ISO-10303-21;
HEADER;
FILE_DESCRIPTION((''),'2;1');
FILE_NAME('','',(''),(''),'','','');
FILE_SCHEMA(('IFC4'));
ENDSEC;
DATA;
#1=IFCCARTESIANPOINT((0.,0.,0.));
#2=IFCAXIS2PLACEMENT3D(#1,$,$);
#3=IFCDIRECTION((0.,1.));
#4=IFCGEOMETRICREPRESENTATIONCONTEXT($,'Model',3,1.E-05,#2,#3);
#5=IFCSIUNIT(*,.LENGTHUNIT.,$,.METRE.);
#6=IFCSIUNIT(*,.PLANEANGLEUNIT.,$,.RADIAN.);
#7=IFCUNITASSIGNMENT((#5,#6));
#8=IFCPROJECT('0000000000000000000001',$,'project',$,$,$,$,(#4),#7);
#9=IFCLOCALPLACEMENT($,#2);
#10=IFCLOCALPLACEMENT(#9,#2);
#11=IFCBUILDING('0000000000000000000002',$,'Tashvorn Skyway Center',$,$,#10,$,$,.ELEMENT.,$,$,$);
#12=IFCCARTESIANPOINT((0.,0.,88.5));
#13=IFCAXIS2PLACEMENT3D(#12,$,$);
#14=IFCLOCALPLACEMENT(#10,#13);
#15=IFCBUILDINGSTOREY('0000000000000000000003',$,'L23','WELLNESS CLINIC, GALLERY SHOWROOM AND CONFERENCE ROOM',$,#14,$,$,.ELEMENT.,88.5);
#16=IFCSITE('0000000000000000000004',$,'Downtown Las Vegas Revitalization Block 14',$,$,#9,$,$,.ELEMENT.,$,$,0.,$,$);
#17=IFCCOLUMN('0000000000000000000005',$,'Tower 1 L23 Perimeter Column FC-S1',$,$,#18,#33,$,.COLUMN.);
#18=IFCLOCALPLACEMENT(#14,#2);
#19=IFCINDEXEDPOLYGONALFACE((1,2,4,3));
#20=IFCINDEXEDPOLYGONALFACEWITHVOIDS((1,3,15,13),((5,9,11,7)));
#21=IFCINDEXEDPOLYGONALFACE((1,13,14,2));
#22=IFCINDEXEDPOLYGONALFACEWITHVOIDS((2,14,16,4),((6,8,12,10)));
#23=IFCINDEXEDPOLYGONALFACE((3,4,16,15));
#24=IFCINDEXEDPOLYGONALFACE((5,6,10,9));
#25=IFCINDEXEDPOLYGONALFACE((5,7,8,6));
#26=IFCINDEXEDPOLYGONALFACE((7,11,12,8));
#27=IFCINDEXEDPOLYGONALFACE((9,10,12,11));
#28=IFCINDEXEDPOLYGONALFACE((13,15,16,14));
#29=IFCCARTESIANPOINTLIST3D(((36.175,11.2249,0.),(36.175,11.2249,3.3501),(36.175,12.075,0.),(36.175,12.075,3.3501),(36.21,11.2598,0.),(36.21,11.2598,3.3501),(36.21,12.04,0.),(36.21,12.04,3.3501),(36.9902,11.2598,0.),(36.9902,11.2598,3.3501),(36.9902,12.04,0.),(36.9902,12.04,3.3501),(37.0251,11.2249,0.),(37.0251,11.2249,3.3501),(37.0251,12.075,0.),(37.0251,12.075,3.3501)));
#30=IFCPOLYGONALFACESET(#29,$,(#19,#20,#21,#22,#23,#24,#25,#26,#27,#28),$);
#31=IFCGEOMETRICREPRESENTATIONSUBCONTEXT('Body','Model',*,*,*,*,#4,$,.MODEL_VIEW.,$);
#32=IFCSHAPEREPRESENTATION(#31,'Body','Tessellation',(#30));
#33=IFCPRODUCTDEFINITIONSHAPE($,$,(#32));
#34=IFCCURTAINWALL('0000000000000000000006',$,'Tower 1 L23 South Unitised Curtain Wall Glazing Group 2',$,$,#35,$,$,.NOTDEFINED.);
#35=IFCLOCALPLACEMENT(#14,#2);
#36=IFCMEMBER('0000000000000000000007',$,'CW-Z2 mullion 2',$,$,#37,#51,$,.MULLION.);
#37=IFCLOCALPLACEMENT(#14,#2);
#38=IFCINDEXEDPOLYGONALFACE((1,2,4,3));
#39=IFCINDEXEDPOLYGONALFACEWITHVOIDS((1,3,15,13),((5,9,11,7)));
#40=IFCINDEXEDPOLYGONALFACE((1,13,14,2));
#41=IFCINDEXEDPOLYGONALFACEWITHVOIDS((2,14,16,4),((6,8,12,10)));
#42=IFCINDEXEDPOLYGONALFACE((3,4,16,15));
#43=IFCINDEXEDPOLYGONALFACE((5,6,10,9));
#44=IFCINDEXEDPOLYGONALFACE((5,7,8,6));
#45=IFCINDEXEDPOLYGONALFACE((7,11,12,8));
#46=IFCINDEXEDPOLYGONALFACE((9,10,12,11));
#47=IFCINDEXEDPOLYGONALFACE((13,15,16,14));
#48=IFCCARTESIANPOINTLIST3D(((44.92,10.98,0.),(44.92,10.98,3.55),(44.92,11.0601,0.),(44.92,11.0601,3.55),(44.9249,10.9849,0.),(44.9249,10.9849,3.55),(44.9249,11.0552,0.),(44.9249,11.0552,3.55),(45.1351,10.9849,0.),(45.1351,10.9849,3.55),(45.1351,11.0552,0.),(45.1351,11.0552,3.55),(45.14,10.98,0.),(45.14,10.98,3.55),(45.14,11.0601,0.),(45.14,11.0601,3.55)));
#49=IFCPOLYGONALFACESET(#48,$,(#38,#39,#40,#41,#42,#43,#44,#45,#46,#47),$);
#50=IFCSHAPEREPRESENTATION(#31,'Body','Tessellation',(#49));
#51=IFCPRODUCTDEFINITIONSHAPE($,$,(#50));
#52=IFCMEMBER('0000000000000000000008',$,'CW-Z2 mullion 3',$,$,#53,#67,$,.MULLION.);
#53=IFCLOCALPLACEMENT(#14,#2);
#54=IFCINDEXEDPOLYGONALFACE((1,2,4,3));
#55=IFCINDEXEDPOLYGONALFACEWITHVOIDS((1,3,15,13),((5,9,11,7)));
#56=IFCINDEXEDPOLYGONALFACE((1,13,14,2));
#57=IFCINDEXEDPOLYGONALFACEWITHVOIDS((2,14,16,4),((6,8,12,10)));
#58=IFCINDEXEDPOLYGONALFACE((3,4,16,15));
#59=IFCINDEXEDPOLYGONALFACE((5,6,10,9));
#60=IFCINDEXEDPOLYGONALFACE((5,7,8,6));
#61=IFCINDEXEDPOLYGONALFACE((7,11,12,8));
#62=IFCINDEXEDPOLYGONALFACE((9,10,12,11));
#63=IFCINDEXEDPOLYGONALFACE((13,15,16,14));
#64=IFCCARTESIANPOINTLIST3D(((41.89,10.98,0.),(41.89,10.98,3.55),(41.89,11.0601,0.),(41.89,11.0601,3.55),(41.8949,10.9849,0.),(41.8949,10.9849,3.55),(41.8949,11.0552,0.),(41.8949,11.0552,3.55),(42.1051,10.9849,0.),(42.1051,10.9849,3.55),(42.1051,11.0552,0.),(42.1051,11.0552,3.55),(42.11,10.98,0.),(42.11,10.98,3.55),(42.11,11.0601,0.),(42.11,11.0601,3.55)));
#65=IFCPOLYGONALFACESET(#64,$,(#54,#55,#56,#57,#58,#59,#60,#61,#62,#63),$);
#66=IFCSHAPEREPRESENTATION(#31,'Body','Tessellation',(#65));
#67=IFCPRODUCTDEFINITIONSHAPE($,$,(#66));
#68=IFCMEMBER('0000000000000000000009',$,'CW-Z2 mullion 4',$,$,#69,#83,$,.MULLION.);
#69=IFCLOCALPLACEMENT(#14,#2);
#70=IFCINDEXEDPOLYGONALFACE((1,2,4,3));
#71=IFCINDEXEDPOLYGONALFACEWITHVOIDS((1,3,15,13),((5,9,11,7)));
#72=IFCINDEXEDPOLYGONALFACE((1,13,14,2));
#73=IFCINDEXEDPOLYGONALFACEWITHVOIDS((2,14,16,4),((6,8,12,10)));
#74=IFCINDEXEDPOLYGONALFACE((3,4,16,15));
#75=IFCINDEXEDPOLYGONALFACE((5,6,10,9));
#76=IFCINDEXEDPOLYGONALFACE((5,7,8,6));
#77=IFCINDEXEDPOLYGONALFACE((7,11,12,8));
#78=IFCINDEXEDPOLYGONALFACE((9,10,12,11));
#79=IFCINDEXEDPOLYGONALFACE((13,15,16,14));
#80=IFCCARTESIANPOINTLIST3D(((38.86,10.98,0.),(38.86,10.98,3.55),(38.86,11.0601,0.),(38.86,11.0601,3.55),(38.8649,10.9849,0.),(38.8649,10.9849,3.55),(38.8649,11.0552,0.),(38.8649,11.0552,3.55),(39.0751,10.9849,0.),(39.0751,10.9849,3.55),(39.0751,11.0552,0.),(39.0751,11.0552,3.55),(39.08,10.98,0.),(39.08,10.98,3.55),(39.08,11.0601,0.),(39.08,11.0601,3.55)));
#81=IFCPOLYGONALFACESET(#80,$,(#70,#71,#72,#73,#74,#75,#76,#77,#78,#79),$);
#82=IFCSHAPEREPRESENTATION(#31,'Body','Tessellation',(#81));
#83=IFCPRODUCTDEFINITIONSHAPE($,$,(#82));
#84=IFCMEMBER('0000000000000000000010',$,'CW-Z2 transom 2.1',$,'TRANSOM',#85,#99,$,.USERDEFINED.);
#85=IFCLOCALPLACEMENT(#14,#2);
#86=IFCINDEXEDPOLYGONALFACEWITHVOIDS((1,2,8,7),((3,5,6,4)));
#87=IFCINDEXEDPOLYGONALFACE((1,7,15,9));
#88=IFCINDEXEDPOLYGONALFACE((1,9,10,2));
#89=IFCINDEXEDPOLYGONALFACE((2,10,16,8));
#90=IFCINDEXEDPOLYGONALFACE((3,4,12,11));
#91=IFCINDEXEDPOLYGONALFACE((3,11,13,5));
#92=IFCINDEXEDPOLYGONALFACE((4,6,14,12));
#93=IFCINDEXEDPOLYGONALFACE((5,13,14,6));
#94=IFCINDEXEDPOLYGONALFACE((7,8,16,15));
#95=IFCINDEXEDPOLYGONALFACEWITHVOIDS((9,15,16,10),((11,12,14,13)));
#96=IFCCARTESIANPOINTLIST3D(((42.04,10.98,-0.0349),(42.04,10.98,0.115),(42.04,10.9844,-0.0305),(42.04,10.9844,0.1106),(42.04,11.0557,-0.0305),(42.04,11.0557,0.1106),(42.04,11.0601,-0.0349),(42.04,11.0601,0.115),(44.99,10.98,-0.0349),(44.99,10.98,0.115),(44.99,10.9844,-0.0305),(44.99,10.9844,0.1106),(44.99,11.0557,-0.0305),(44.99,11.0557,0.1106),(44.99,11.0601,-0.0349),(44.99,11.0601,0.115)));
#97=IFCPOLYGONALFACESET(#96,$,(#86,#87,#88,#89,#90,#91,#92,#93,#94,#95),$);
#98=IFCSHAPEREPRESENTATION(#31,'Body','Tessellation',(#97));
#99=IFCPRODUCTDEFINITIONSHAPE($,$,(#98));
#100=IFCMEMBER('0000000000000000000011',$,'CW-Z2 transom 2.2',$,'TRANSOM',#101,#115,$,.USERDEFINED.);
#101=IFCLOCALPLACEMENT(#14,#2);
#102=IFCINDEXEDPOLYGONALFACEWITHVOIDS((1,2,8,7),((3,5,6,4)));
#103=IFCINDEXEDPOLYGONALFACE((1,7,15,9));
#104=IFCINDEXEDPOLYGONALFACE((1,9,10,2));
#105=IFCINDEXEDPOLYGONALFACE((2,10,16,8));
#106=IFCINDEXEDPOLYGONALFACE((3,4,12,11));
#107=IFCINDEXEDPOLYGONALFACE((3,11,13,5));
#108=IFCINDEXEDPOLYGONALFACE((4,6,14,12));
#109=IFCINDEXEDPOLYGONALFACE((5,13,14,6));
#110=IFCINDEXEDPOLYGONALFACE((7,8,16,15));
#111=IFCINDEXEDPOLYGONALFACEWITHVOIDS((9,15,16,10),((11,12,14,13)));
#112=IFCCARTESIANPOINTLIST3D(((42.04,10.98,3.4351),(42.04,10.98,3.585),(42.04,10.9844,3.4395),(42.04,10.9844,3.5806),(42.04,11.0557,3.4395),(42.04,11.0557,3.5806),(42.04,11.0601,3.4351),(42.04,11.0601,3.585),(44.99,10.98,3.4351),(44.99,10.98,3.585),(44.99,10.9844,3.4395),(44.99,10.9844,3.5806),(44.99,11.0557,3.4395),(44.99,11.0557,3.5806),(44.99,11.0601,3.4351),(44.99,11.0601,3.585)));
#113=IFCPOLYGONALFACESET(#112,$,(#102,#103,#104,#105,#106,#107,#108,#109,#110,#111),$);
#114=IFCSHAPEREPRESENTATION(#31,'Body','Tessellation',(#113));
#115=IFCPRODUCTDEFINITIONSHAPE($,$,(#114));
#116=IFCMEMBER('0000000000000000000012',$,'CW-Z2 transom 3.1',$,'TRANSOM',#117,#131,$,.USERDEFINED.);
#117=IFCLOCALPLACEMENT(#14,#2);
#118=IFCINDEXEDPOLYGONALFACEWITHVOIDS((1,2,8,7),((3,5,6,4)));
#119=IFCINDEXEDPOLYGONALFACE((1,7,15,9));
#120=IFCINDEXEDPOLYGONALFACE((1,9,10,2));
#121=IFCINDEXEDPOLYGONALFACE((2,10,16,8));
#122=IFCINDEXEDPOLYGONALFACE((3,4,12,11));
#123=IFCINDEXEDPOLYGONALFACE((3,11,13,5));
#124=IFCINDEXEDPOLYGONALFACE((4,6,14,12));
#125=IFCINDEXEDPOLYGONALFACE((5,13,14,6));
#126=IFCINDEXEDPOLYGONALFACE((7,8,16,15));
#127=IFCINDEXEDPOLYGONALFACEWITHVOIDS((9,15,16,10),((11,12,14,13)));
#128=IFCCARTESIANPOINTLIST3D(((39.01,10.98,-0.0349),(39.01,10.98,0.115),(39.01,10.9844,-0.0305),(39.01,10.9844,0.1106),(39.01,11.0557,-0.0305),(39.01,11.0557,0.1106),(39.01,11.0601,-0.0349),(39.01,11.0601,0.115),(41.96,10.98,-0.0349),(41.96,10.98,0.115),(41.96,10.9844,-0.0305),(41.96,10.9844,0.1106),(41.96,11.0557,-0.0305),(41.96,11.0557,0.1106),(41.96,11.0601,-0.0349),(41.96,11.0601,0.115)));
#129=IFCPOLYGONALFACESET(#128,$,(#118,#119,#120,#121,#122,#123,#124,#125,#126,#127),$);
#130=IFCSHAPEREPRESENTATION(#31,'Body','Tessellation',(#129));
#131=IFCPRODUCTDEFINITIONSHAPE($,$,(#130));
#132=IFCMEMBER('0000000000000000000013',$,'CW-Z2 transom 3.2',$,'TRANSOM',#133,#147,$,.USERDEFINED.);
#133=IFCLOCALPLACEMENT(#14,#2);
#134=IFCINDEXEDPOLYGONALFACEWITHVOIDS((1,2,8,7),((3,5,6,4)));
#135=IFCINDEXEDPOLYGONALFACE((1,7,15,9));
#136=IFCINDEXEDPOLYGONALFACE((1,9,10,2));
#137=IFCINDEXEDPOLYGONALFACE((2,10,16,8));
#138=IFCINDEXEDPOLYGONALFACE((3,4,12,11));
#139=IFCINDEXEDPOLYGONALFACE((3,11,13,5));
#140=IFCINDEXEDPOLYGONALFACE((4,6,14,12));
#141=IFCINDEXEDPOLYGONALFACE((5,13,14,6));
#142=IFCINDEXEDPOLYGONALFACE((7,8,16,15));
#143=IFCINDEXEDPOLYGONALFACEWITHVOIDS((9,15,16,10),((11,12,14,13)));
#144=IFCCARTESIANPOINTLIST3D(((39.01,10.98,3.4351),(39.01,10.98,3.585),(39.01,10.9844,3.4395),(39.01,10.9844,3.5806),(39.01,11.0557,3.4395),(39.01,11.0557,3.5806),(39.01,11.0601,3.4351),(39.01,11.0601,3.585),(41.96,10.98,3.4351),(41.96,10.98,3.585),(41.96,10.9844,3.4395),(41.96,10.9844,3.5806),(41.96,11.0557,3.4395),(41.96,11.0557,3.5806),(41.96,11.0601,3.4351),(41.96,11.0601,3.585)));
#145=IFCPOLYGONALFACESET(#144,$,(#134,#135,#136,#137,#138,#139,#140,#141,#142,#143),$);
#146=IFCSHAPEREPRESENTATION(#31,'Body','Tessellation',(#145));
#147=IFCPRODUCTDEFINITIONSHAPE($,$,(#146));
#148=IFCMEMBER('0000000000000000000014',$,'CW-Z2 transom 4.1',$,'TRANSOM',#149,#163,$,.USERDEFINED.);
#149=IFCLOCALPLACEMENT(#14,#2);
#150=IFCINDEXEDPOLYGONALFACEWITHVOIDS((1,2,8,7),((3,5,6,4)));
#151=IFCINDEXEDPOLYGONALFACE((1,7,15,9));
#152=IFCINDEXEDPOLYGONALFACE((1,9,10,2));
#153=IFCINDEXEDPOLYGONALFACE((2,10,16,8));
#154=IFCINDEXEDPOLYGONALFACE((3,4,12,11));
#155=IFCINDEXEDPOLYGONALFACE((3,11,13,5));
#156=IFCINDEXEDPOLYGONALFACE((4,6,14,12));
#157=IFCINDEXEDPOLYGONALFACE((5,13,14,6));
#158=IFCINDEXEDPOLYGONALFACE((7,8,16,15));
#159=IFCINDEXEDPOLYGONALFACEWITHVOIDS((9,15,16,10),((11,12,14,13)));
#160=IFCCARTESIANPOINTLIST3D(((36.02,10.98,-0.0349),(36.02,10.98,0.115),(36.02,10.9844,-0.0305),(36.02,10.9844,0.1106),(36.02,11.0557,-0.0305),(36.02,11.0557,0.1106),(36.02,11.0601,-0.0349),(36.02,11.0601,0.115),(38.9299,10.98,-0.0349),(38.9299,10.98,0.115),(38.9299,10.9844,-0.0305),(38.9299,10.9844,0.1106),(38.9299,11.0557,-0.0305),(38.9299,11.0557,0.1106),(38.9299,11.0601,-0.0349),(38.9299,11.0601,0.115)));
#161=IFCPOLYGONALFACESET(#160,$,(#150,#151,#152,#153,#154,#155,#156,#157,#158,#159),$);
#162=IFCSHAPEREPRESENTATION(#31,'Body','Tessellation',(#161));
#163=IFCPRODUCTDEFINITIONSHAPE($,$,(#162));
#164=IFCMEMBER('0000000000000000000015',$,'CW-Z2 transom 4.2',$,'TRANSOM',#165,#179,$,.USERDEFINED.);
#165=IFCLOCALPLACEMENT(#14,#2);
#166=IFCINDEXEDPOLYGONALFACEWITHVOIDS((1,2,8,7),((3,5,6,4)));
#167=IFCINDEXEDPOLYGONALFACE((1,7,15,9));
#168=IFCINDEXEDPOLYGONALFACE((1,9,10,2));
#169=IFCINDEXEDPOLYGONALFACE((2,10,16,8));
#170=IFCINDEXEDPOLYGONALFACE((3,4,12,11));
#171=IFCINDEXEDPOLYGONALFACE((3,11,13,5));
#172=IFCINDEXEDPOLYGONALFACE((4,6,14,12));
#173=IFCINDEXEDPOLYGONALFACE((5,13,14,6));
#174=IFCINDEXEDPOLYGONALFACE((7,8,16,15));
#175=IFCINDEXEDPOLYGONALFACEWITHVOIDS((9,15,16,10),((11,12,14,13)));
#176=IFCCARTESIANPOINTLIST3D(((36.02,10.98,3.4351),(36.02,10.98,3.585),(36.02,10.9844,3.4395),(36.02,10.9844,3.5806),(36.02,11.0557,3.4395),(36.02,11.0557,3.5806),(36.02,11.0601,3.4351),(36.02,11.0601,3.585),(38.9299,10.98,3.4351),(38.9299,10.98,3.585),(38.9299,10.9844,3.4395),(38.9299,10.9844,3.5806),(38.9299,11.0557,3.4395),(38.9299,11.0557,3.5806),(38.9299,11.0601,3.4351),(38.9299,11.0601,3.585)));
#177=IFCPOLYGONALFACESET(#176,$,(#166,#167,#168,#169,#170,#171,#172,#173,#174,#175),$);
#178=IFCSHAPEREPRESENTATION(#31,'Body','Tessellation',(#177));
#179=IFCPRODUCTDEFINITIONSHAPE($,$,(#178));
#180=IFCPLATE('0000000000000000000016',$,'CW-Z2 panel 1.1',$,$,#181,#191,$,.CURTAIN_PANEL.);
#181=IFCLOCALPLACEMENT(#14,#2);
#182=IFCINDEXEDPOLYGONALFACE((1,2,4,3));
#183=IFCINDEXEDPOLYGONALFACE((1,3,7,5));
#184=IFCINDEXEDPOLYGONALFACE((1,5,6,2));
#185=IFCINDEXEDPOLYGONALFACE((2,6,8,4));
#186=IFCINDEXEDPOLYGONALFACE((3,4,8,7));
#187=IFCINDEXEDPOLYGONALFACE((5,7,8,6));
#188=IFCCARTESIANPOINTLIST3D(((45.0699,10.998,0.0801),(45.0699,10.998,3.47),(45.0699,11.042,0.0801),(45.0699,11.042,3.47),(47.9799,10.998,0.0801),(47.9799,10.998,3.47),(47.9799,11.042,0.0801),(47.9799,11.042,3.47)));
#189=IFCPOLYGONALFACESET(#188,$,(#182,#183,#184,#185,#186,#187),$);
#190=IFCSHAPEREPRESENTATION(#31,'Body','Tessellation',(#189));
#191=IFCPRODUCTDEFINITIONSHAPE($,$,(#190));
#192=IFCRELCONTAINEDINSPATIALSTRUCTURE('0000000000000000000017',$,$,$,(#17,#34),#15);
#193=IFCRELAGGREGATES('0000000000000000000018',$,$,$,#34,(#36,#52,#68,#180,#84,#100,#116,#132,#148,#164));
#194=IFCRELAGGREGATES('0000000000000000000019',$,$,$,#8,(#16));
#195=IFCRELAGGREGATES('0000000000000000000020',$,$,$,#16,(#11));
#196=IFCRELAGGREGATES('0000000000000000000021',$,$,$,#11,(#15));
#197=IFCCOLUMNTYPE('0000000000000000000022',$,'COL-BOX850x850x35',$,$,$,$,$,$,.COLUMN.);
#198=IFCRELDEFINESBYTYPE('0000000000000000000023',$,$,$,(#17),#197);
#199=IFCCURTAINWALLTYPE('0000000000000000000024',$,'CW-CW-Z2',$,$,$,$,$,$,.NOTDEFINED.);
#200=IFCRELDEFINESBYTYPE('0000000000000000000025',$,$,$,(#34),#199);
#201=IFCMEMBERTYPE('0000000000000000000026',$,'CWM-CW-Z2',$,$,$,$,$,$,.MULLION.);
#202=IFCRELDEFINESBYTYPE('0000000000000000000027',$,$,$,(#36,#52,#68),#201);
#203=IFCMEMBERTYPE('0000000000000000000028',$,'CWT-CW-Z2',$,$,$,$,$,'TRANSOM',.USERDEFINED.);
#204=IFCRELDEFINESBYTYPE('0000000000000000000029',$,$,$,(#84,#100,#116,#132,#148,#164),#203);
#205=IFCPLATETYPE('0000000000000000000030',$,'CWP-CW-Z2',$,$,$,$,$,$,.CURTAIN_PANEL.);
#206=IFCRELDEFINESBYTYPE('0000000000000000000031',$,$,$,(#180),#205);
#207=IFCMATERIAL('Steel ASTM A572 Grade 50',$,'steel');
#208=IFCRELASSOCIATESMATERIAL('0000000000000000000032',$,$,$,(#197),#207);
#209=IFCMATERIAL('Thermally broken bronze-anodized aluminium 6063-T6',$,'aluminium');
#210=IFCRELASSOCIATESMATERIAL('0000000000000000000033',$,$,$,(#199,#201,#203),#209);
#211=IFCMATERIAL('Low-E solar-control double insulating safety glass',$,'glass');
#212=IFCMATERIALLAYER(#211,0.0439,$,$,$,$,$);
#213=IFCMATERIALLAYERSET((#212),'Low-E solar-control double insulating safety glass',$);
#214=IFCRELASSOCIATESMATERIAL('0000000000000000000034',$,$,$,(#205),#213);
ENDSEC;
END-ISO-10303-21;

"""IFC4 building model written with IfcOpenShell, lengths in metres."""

from ifc_helpers import new_model, si_unit, direction, frame, origin, origin_2d, place, context, subcontext, project, spatial, rectangle, hollow_rectangle, extrude, material, layer, layer_set, material_profile, profile_set, type_object, element, aggregate, save


model = new_model("IFC4")

# Units and contexts
model_context = context("Model", 3, precision=1e-05, world=origin(), true_north=direction((0.0, 1.0)))
body_context = subcontext(model_context, "Body", "Model", "MODEL_VIEW")
ifc_project = project(units=[si_unit("LENGTHUNIT", "METRE"), si_unit("PLANEANGLEUNIT", "RADIAN")], contexts=[model_context])

# Site, building, storey
site_placement = place(None, origin())
site = spatial("IfcSite", under=ifc_project, at=site_placement, Name="Downtown Las Vegas Revitalization Block 14", CompositionType="ELEMENT", RefElevation=0.0)
building_placement = place(site_placement, origin())
building = spatial("IfcBuilding", under=site, at=building_placement, Name="Tashvorn Skyway Center", CompositionType="ELEMENT")
storey_placement = place(building_placement, frame((0.0, 0.0, 88.5)))
storey = spatial("IfcBuildingStorey", under=building, at=storey_placement, Name="L23", Description="WELLNESS CLINIC, GALLERY SHOWROOM AND CONFERENCE ROOM", CompositionType="ELEMENT", Elevation=88.5)

# Column
ifc_material_1 = material(Name="Steel ASTM A572 Grade 50", Category="steel")
ifc_material_profile_1 = material_profile(ifc_material_1, hollow_rectangle(XDim=0.8501, YDim=0.8501, WallThickness=0.0349, at=origin_2d()), Name="BOX850x850x35")
ifc_profile_set_1 = profile_set([ifc_material_profile_1], Name="Steel ASTM A572 Grade 50")
column_type = type_object("IfcColumnType", Name="COL-BOX850x850x35", PredefinedType="COLUMN", material=ifc_profile_set_1)
column_placement = place(storey_placement, frame((36.6001, 11.6499, 0.0), z_axis=(0.0, 0.0, 1.0), x_axis=(1.0, 0.0, 0.0)))
element("IfcColumn", 1, at=column_placement, inside=storey, type_object=column_type, Name="Tower 1 L23 Perimeter Column FC-S1", PredefinedType="COLUMN", context=body_context, shape_type="SweptSolid", body=[
    extrude(hollow_rectangle(XDim=0.8501, YDim=0.8501, WallThickness=0.0349, at=origin_2d()), origin(), (0.0, 0.0, 1.0), 3.3501),
])

# Curtain wall, members, plate
ifc_material_2 = material(Name="Thermally broken bronze-anodized aluminium 6063-T6", Category="aluminium")
curtain_wall_type = type_object("IfcCurtainWallType", Name="CW-CW-Z2", PredefinedType="NOTDEFINED", material=ifc_material_2)
curtain_wall_placement = place(storey_placement, origin())
curtain_wall = element("IfcCurtainWall", 2, at=curtain_wall_placement, inside=storey, type_object=curtain_wall_type, Name="Tower 1 L23 South Unitised Curtain Wall Glazing Group 2", PredefinedType="NOTDEFINED")
ifc_material_profile_2 = material_profile(ifc_material_2, hollow_rectangle(XDim=0.0801, YDim=0.22, WallThickness=0.0049, at=origin_2d()), Name="ALU-MULL-80x220")
ifc_profile_set_2 = profile_set([ifc_material_profile_2], Name="Thermally broken bronze-anodized aluminium 6063-T6")
member_type_1 = type_object("IfcMemberType", Name="CWM-CW-Z2", PredefinedType="MULLION", material=ifc_profile_set_2)
member_1_placement = place(storey_placement, frame((45.03, 11.02, 0.0), z_axis=(0.0, 0.0, 1.0), x_axis=(0.0, -1.0, 0.0)))
member_1 = element("IfcMember", 3, at=member_1_placement, type_object=member_type_1, Name="CW-Z2 mullion 2", PredefinedType="MULLION", context=body_context, shape_type="SweptSolid", body=[
    extrude(hollow_rectangle(XDim=0.0801, YDim=0.22, WallThickness=0.0049, at=origin_2d()), origin(), (0.0, 0.0, 1.0), 3.55),
])
member_2_placement = place(storey_placement, frame((42.0, 11.02, 0.0), z_axis=(0.0, 0.0, 1.0), x_axis=(0.0, -1.0, 0.0)))
member_2 = element("IfcMember", 4, at=member_2_placement, type_object=member_type_1, Name="CW-Z2 mullion 3", PredefinedType="MULLION", context=body_context, shape_type="SweptSolid", body=[
    extrude(hollow_rectangle(XDim=0.0801, YDim=0.22, WallThickness=0.0049, at=origin_2d()), origin(), (0.0, 0.0, 1.0), 3.55),
])
member_3_placement = place(storey_placement, frame((38.97, 11.02, 0.0), z_axis=(0.0, 0.0, 1.0), x_axis=(0.0, -1.0, 0.0)))
member_3 = element("IfcMember", 5, at=member_3_placement, type_object=member_type_1, Name="CW-Z2 mullion 4", PredefinedType="MULLION", context=body_context, shape_type="SweptSolid", body=[
    extrude(hollow_rectangle(XDim=0.0801, YDim=0.22, WallThickness=0.0049, at=origin_2d()), origin(), (0.0, 0.0, 1.0), 3.55),
])
ifc_material_profile_3 = material_profile(ifc_material_2, hollow_rectangle(XDim=0.0801, YDim=0.1499, WallThickness=0.0044, at=origin_2d()), Name="ALU-TRAN-80x150")
ifc_profile_set_3 = profile_set([ifc_material_profile_3], Name="Thermally broken bronze-anodized aluminium 6063-T6")
member_type_2 = type_object("IfcMemberType", Name="CWT-CW-Z2", ElementType="TRANSOM", PredefinedType="USERDEFINED", material=ifc_profile_set_3)
member_4_placement = place(storey_placement, frame((44.99, 11.02, 0.04), z_axis=(-1.0, 0.0, 0.0), x_axis=(0.0, -1.0, 0.0)))
member_4 = element("IfcMember", 6, at=member_4_placement, type_object=member_type_2, Name="CW-Z2 transom 2.1", ObjectType="TRANSOM", PredefinedType="USERDEFINED", context=body_context, shape_type="SweptSolid", body=[
    extrude(hollow_rectangle(XDim=0.0801, YDim=0.1499, WallThickness=0.0044, at=origin_2d()), origin(), (0.0, 0.0, 1.0), 2.95),
])
member_5_placement = place(storey_placement, frame((44.99, 11.02, 3.51), z_axis=(-1.0, 0.0, 0.0), x_axis=(0.0, -1.0, 0.0)))
member_5 = element("IfcMember", 7, at=member_5_placement, type_object=member_type_2, Name="CW-Z2 transom 2.2", ObjectType="TRANSOM", PredefinedType="USERDEFINED", context=body_context, shape_type="SweptSolid", body=[
    extrude(hollow_rectangle(XDim=0.0801, YDim=0.1499, WallThickness=0.0044, at=origin_2d()), origin(), (0.0, 0.0, 1.0), 2.95),
])
member_6_placement = place(storey_placement, frame((41.96, 11.02, 0.04), z_axis=(-1.0, 0.0, 0.0), x_axis=(0.0, -1.0, 0.0)))
member_6 = element("IfcMember", 8, at=member_6_placement, type_object=member_type_2, Name="CW-Z2 transom 3.1", ObjectType="TRANSOM", PredefinedType="USERDEFINED", context=body_context, shape_type="SweptSolid", body=[
    extrude(hollow_rectangle(XDim=0.0801, YDim=0.1499, WallThickness=0.0044, at=origin_2d()), origin(), (0.0, 0.0, 1.0), 2.95),
])
member_7_placement = place(storey_placement, frame((41.96, 11.02, 3.51), z_axis=(-1.0, 0.0, 0.0), x_axis=(0.0, -1.0, 0.0)))
member_7 = element("IfcMember", 9, at=member_7_placement, type_object=member_type_2, Name="CW-Z2 transom 3.2", ObjectType="TRANSOM", PredefinedType="USERDEFINED", context=body_context, shape_type="SweptSolid", body=[
    extrude(hollow_rectangle(XDim=0.0801, YDim=0.1499, WallThickness=0.0044, at=origin_2d()), origin(), (0.0, 0.0, 1.0), 2.95),
])
member_8_placement = place(storey_placement, frame((38.9299, 11.02, 0.04), z_axis=(-1.0, 0.0, 0.0), x_axis=(0.0, -1.0, 0.0)))
member_8 = element("IfcMember", 10, at=member_8_placement, type_object=member_type_2, Name="CW-Z2 transom 4.1", ObjectType="TRANSOM", PredefinedType="USERDEFINED", context=body_context, shape_type="SweptSolid", body=[
    extrude(hollow_rectangle(XDim=0.0801, YDim=0.1499, WallThickness=0.0044, at=origin_2d()), origin(), (0.0, 0.0, 1.0), 2.9099),
])
member_9_placement = place(storey_placement, frame((38.9299, 11.02, 3.51), z_axis=(-1.0, 0.0, 0.0), x_axis=(0.0, -1.0, 0.0)))
member_9 = element("IfcMember", 11, at=member_9_placement, type_object=member_type_2, Name="CW-Z2 transom 4.2", ObjectType="TRANSOM", PredefinedType="USERDEFINED", context=body_context, shape_type="SweptSolid", body=[
    extrude(hollow_rectangle(XDim=0.0801, YDim=0.1499, WallThickness=0.0044, at=origin_2d()), origin(), (0.0, 0.0, 1.0), 2.9099),
])
ifc_material_3 = material(Name="Low-E solar-control double insulating safety glass", Category="glass")
ifc_layer_1 = layer(ifc_material_3, 0.0439)
ifc_layer_set_1 = layer_set([ifc_layer_1], Name="Low-E solar-control double insulating safety glass")
plate_type = type_object("IfcPlateType", Name="CWP-CW-Z2", PredefinedType="CURTAIN_PANEL", material=ifc_layer_set_1)
plate_1_placement = place(storey_placement, frame((46.5249, 11.02, 0.0801), z_axis=(0.0, 0.0, 1.0), x_axis=(-1.0, 0.0, 0.0)))
plate_1 = element("IfcPlate", 12, at=plate_1_placement, type_object=plate_type, Name="CW-Z2 panel 1.1", PredefinedType="CURTAIN_PANEL", context=body_context, shape_type="SweptSolid", body=[
    extrude(rectangle(XDim=2.9099, YDim=0.0439, at=origin_2d()), origin(), (0.0, 0.0, 1.0), 3.3899),
])
aggregate(curtain_wall, [member_1, member_2, member_3, plate_1, member_4, member_5, member_6, member_7, member_8, member_9])

save(model, "model.ifc")
